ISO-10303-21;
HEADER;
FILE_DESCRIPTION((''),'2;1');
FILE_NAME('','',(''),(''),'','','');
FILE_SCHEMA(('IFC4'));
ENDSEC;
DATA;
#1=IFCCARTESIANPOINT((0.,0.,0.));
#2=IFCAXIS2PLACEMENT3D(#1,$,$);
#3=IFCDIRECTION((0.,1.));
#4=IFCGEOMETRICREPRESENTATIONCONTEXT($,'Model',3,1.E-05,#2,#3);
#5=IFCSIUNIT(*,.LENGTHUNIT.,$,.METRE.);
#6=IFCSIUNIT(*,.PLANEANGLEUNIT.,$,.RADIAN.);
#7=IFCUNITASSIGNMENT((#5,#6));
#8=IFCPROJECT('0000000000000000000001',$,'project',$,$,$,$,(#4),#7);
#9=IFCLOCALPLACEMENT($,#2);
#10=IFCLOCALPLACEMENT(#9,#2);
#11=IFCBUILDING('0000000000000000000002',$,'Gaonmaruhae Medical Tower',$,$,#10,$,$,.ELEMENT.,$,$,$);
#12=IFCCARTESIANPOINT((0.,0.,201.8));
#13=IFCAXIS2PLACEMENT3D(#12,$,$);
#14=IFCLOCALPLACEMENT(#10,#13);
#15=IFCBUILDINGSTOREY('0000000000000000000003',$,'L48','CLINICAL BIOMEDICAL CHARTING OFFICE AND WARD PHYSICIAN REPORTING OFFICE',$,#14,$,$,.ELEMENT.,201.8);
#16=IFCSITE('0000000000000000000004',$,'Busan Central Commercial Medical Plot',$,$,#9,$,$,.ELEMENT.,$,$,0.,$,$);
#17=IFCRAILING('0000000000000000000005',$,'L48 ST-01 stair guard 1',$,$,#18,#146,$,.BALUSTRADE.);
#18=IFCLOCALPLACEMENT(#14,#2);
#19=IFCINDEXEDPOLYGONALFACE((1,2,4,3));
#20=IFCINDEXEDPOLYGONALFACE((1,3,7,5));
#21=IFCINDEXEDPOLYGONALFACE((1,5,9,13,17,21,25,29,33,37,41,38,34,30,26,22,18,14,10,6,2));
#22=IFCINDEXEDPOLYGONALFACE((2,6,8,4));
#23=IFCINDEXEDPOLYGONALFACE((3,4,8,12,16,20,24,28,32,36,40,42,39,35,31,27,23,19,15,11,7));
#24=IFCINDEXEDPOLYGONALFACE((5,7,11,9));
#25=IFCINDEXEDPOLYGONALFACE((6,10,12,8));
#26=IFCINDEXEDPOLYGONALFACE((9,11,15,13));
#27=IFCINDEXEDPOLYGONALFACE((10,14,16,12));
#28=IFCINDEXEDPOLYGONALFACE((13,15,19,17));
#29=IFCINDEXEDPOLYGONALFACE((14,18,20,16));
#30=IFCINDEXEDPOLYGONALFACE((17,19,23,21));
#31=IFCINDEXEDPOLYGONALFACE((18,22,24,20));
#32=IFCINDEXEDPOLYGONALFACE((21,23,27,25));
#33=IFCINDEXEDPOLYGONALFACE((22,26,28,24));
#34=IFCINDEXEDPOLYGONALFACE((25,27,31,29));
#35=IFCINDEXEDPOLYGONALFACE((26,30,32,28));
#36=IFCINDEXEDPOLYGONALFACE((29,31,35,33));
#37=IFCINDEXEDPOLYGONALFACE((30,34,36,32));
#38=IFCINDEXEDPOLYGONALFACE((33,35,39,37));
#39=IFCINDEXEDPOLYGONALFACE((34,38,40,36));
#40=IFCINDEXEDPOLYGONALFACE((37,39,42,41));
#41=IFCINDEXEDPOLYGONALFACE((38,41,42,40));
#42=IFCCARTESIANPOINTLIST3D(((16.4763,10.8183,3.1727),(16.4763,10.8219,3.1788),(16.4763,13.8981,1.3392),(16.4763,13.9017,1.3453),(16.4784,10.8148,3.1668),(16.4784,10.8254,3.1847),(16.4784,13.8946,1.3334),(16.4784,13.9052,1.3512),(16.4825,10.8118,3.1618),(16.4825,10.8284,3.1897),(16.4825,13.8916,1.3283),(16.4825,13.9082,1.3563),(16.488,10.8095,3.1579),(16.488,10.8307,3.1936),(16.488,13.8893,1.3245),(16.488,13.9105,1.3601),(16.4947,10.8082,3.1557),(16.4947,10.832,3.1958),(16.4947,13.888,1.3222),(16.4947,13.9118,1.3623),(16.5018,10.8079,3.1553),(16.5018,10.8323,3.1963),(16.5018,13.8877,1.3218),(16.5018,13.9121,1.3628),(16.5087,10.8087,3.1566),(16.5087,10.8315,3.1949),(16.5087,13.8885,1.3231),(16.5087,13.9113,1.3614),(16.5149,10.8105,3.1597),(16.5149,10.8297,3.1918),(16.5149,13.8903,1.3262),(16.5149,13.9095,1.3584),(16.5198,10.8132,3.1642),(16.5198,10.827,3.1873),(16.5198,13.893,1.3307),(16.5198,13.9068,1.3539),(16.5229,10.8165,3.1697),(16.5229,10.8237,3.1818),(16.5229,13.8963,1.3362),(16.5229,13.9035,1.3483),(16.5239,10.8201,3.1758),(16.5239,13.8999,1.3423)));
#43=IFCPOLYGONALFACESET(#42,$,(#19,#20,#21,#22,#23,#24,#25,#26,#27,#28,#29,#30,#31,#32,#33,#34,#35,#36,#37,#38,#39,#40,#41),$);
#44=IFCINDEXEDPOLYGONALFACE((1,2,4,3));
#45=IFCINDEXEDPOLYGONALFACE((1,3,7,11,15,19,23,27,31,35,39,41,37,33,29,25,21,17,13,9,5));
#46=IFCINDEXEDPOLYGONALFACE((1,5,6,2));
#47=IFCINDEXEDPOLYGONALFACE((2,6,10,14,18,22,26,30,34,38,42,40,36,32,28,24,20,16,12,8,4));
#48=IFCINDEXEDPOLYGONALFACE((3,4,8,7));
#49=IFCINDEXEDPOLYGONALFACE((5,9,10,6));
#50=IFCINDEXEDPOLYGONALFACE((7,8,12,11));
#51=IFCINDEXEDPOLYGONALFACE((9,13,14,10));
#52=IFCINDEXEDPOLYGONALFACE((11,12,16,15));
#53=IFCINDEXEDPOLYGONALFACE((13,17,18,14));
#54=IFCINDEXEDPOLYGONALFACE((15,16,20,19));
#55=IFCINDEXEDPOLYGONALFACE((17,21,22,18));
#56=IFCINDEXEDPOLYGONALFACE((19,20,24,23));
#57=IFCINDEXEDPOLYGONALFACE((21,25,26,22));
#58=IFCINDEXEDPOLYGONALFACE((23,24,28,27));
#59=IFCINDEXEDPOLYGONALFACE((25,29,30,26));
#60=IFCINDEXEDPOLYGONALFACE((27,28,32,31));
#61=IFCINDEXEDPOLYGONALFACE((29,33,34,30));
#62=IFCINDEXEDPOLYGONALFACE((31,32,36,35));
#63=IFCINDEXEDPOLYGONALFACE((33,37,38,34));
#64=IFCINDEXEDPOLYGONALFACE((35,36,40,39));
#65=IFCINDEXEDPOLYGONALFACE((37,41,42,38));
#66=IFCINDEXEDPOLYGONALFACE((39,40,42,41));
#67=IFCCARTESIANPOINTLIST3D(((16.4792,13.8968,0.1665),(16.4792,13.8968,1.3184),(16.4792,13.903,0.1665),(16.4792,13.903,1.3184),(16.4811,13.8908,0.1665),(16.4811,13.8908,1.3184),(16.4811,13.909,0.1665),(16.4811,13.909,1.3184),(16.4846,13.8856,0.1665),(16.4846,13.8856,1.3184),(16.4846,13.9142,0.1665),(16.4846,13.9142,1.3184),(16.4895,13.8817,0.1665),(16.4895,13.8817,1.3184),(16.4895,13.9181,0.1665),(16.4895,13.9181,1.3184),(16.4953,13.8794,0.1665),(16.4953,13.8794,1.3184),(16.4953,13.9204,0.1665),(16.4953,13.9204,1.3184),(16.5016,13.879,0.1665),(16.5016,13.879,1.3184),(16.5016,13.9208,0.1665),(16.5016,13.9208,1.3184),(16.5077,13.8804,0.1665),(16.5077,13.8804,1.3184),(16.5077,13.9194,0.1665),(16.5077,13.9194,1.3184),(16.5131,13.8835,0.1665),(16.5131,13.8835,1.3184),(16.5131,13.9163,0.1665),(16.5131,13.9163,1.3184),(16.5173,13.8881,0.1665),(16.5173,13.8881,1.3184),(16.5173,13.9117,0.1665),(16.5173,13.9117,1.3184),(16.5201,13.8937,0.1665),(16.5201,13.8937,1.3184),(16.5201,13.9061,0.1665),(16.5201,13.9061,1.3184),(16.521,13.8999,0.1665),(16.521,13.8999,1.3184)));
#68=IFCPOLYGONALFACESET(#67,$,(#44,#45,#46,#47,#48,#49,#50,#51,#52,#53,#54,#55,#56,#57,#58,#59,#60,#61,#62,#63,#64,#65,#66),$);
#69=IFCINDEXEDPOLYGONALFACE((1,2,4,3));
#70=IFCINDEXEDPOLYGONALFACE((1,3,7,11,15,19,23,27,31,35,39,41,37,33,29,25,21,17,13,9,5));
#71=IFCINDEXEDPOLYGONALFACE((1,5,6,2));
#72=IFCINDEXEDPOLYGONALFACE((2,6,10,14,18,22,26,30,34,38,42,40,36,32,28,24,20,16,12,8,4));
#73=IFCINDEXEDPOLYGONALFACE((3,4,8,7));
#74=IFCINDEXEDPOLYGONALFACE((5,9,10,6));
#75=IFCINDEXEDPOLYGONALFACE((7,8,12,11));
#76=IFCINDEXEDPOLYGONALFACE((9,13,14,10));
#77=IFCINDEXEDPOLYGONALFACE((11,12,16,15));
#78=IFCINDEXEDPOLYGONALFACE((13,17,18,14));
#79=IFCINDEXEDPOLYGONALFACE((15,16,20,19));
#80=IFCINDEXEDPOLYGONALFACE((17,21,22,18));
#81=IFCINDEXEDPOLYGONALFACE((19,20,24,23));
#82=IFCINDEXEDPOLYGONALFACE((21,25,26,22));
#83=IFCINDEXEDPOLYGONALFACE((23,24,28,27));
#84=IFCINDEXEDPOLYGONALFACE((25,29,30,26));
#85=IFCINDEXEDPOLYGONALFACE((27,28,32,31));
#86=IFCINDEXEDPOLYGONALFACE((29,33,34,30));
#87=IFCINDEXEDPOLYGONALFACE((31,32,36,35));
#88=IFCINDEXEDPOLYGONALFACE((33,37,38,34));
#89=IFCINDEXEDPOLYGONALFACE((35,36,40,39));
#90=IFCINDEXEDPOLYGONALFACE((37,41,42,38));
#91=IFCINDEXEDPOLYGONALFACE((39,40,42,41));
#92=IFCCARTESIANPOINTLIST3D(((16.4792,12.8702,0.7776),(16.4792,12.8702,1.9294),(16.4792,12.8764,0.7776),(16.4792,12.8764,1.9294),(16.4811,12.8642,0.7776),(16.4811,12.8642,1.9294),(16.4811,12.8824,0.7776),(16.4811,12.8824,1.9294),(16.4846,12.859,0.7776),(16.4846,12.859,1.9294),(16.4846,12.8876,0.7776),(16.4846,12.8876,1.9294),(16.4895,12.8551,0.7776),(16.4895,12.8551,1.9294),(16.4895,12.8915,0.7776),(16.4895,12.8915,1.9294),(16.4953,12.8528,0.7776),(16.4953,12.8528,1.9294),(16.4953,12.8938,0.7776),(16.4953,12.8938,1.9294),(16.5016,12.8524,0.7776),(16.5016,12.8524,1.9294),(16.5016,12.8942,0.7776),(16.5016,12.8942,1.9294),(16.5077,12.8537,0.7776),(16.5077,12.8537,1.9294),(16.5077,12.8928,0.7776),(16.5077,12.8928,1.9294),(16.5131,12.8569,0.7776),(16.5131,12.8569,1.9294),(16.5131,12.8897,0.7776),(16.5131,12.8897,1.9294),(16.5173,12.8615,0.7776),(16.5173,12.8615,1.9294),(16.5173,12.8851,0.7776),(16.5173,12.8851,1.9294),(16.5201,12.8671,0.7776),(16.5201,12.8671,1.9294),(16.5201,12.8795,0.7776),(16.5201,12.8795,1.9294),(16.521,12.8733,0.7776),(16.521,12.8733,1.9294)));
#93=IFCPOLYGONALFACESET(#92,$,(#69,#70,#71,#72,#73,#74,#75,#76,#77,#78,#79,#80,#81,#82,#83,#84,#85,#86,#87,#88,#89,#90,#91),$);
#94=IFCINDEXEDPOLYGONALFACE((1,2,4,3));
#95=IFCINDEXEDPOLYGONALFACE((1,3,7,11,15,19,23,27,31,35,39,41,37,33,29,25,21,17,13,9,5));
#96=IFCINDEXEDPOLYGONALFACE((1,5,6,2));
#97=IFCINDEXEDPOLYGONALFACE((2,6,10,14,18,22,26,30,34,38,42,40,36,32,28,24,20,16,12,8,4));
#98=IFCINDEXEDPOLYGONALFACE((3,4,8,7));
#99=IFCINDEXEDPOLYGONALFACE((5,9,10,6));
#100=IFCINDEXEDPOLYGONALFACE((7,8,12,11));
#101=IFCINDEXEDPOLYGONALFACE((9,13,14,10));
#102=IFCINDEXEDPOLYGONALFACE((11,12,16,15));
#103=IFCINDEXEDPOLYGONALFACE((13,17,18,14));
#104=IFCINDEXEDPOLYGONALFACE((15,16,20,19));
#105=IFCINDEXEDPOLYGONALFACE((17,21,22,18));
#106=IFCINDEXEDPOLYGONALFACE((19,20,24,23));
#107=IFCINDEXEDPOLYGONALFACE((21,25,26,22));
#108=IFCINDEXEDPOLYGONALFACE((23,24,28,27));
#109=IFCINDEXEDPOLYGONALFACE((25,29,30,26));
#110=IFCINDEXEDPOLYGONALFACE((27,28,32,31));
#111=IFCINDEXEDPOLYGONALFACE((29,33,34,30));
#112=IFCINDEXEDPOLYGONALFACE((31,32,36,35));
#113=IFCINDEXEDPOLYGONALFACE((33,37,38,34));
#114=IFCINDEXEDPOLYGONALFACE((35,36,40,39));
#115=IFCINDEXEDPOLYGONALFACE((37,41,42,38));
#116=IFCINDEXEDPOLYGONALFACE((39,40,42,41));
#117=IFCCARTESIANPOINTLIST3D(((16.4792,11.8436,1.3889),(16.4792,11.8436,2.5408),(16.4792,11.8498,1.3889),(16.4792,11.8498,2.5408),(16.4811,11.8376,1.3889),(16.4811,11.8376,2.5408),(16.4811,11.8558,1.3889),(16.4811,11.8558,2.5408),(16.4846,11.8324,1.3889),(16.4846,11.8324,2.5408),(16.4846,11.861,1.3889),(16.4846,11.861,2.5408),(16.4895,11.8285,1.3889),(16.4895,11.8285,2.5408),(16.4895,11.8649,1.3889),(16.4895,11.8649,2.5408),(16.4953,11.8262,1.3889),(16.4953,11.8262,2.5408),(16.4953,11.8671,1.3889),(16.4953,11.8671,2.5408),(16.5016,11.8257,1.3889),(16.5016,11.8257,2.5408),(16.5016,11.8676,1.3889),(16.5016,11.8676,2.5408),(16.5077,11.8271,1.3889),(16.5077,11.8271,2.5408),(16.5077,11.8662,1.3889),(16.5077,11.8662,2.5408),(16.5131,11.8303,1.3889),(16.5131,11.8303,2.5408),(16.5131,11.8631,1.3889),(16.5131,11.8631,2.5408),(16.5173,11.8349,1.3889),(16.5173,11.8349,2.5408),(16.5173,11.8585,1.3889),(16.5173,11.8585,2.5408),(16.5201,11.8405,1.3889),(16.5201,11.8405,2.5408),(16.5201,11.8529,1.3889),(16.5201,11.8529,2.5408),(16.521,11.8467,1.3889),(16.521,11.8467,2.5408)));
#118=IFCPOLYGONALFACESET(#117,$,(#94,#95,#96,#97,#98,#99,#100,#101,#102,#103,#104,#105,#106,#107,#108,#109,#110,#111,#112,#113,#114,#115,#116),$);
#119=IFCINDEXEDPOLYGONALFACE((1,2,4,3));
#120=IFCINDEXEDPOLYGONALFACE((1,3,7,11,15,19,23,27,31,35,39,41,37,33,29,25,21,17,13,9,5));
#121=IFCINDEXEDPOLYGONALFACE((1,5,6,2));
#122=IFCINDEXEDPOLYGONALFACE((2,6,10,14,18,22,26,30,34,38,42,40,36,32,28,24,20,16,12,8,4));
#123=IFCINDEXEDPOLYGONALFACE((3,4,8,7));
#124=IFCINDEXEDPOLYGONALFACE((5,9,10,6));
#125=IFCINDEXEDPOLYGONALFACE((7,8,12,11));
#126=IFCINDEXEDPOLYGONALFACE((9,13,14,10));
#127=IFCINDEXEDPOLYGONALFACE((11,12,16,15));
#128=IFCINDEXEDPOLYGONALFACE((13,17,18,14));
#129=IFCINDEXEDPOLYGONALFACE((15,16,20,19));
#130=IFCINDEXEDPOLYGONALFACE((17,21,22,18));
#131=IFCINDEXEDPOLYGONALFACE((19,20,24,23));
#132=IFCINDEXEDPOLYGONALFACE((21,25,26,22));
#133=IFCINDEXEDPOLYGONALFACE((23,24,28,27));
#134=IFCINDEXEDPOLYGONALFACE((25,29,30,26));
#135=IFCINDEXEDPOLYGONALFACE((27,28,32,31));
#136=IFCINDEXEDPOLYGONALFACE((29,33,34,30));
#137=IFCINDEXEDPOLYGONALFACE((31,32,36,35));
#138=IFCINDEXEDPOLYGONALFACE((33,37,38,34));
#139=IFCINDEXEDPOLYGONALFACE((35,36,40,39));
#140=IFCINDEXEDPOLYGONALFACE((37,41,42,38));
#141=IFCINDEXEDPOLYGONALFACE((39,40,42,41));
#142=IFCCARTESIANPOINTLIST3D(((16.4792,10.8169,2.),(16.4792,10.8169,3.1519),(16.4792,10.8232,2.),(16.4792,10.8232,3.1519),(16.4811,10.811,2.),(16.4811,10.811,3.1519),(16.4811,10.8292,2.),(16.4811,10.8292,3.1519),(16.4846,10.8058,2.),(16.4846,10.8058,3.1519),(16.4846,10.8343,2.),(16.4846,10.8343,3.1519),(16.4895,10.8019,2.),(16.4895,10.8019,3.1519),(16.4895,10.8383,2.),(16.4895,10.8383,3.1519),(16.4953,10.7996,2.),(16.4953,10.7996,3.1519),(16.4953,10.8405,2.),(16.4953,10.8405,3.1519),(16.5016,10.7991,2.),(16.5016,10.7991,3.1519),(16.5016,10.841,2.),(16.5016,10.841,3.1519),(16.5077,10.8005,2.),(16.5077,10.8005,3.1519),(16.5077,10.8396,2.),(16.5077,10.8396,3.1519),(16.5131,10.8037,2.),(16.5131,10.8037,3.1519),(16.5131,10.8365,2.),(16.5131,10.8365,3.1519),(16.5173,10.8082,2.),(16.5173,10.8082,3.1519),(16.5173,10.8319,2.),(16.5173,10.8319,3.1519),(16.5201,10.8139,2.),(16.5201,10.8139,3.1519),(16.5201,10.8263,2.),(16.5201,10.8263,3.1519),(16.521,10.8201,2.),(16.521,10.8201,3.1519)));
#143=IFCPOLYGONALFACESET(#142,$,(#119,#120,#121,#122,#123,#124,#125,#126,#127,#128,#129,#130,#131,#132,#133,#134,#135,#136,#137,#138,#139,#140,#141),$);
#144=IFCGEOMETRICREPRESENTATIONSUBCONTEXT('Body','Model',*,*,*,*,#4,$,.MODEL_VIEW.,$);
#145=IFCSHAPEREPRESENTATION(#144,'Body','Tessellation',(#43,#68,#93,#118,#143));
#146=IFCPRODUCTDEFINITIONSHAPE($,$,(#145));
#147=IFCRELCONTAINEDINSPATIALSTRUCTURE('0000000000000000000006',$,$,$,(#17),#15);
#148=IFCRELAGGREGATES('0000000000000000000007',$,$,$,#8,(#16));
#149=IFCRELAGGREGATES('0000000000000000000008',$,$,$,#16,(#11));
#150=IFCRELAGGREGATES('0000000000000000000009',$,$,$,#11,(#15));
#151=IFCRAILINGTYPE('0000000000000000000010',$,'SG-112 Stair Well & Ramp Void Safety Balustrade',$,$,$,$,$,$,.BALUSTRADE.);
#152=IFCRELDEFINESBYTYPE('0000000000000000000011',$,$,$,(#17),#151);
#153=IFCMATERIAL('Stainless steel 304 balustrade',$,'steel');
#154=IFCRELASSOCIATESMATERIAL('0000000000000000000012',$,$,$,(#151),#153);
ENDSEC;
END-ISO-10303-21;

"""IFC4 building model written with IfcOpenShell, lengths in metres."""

from ifc_helpers import new_model, si_unit, direction, frame, origin, origin_2d, place, context, subcontext, project, spatial, circle, extrude, material, type_object, element, save


model = new_model("IFC4")

# Units and contexts
model_context = context("Model", 3, precision=1e-05, world=origin(), true_north=direction((0.0, 1.0)))
body_context = subcontext(model_context, "Body", "Model", "MODEL_VIEW")
ifc_project = project(units=[si_unit("LENGTHUNIT", "METRE"), si_unit("PLANEANGLEUNIT", "RADIAN")], contexts=[model_context])

# Site, building, storey
site_placement = place(None, origin())
site = spatial("IfcSite", under=ifc_project, at=site_placement, Name="Busan Central Commercial Medical Plot", CompositionType="ELEMENT", RefElevation=0.0)
building_placement = place(site_placement, origin())
building = spatial("IfcBuilding", under=site, at=building_placement, Name="Gaonmaruhae Medical Tower", CompositionType="ELEMENT")
storey_placement = place(building_placement, frame((0.0, 0.0, 201.8)))
storey = spatial("IfcBuildingStorey", under=building, at=storey_placement, Name="L48", Description="CLINICAL BIOMEDICAL CHARTING OFFICE AND WARD PHYSICIAN REPORTING OFFICE", CompositionType="ELEMENT", Elevation=201.8)

# Railing
ifc_material_1 = material(Name="Stainless steel 304 balustrade", Category="steel")
railing_type_1 = type_object("IfcRailingType", Name="SG-112 Stair Well & Ramp Void Safety Balustrade", PredefinedType="BALUSTRADE", material=ifc_material_1)
railing_1_placement = place(storey_placement, frame((16.5, 13.8999, 0.1665)))
element("IfcRailing", 1, at=railing_1_placement, inside=storey, type_object=railing_type_1, Name="L48 ST-01 stair guard 1", PredefinedType="BALUSTRADE", context=body_context, shape_type="SweptSolid", body=[
    extrude(circle(Radius=0.0239, at=origin_2d()), frame((0.0, 0.0, 1.1758), z_axis=(0.0, -0.859261, 0.511538), x_axis=(1.0, 0.0, 0.0)), (0.0, 0.0, 1.0), 3.5842),
    extrude(circle(Radius=0.021, at=origin_2d()), origin(), (0.0, 0.0, 1.0), 1.1519),
    extrude(circle(Radius=0.021, at=origin_2d()), frame((0.0, -1.0266, 0.6111)), (0.0, 0.0, 1.0), 1.1519),
    extrude(circle(Radius=0.021, at=origin_2d()), frame((0.0, -2.0532, 1.2224)), (0.0, 0.0, 1.0), 1.1519),
    extrude(circle(Radius=0.021, at=origin_2d()), frame((0.0, -3.0798, 1.8335)), (0.0, 0.0, 1.0), 1.1519),
])

save(model, "model.ifc")
